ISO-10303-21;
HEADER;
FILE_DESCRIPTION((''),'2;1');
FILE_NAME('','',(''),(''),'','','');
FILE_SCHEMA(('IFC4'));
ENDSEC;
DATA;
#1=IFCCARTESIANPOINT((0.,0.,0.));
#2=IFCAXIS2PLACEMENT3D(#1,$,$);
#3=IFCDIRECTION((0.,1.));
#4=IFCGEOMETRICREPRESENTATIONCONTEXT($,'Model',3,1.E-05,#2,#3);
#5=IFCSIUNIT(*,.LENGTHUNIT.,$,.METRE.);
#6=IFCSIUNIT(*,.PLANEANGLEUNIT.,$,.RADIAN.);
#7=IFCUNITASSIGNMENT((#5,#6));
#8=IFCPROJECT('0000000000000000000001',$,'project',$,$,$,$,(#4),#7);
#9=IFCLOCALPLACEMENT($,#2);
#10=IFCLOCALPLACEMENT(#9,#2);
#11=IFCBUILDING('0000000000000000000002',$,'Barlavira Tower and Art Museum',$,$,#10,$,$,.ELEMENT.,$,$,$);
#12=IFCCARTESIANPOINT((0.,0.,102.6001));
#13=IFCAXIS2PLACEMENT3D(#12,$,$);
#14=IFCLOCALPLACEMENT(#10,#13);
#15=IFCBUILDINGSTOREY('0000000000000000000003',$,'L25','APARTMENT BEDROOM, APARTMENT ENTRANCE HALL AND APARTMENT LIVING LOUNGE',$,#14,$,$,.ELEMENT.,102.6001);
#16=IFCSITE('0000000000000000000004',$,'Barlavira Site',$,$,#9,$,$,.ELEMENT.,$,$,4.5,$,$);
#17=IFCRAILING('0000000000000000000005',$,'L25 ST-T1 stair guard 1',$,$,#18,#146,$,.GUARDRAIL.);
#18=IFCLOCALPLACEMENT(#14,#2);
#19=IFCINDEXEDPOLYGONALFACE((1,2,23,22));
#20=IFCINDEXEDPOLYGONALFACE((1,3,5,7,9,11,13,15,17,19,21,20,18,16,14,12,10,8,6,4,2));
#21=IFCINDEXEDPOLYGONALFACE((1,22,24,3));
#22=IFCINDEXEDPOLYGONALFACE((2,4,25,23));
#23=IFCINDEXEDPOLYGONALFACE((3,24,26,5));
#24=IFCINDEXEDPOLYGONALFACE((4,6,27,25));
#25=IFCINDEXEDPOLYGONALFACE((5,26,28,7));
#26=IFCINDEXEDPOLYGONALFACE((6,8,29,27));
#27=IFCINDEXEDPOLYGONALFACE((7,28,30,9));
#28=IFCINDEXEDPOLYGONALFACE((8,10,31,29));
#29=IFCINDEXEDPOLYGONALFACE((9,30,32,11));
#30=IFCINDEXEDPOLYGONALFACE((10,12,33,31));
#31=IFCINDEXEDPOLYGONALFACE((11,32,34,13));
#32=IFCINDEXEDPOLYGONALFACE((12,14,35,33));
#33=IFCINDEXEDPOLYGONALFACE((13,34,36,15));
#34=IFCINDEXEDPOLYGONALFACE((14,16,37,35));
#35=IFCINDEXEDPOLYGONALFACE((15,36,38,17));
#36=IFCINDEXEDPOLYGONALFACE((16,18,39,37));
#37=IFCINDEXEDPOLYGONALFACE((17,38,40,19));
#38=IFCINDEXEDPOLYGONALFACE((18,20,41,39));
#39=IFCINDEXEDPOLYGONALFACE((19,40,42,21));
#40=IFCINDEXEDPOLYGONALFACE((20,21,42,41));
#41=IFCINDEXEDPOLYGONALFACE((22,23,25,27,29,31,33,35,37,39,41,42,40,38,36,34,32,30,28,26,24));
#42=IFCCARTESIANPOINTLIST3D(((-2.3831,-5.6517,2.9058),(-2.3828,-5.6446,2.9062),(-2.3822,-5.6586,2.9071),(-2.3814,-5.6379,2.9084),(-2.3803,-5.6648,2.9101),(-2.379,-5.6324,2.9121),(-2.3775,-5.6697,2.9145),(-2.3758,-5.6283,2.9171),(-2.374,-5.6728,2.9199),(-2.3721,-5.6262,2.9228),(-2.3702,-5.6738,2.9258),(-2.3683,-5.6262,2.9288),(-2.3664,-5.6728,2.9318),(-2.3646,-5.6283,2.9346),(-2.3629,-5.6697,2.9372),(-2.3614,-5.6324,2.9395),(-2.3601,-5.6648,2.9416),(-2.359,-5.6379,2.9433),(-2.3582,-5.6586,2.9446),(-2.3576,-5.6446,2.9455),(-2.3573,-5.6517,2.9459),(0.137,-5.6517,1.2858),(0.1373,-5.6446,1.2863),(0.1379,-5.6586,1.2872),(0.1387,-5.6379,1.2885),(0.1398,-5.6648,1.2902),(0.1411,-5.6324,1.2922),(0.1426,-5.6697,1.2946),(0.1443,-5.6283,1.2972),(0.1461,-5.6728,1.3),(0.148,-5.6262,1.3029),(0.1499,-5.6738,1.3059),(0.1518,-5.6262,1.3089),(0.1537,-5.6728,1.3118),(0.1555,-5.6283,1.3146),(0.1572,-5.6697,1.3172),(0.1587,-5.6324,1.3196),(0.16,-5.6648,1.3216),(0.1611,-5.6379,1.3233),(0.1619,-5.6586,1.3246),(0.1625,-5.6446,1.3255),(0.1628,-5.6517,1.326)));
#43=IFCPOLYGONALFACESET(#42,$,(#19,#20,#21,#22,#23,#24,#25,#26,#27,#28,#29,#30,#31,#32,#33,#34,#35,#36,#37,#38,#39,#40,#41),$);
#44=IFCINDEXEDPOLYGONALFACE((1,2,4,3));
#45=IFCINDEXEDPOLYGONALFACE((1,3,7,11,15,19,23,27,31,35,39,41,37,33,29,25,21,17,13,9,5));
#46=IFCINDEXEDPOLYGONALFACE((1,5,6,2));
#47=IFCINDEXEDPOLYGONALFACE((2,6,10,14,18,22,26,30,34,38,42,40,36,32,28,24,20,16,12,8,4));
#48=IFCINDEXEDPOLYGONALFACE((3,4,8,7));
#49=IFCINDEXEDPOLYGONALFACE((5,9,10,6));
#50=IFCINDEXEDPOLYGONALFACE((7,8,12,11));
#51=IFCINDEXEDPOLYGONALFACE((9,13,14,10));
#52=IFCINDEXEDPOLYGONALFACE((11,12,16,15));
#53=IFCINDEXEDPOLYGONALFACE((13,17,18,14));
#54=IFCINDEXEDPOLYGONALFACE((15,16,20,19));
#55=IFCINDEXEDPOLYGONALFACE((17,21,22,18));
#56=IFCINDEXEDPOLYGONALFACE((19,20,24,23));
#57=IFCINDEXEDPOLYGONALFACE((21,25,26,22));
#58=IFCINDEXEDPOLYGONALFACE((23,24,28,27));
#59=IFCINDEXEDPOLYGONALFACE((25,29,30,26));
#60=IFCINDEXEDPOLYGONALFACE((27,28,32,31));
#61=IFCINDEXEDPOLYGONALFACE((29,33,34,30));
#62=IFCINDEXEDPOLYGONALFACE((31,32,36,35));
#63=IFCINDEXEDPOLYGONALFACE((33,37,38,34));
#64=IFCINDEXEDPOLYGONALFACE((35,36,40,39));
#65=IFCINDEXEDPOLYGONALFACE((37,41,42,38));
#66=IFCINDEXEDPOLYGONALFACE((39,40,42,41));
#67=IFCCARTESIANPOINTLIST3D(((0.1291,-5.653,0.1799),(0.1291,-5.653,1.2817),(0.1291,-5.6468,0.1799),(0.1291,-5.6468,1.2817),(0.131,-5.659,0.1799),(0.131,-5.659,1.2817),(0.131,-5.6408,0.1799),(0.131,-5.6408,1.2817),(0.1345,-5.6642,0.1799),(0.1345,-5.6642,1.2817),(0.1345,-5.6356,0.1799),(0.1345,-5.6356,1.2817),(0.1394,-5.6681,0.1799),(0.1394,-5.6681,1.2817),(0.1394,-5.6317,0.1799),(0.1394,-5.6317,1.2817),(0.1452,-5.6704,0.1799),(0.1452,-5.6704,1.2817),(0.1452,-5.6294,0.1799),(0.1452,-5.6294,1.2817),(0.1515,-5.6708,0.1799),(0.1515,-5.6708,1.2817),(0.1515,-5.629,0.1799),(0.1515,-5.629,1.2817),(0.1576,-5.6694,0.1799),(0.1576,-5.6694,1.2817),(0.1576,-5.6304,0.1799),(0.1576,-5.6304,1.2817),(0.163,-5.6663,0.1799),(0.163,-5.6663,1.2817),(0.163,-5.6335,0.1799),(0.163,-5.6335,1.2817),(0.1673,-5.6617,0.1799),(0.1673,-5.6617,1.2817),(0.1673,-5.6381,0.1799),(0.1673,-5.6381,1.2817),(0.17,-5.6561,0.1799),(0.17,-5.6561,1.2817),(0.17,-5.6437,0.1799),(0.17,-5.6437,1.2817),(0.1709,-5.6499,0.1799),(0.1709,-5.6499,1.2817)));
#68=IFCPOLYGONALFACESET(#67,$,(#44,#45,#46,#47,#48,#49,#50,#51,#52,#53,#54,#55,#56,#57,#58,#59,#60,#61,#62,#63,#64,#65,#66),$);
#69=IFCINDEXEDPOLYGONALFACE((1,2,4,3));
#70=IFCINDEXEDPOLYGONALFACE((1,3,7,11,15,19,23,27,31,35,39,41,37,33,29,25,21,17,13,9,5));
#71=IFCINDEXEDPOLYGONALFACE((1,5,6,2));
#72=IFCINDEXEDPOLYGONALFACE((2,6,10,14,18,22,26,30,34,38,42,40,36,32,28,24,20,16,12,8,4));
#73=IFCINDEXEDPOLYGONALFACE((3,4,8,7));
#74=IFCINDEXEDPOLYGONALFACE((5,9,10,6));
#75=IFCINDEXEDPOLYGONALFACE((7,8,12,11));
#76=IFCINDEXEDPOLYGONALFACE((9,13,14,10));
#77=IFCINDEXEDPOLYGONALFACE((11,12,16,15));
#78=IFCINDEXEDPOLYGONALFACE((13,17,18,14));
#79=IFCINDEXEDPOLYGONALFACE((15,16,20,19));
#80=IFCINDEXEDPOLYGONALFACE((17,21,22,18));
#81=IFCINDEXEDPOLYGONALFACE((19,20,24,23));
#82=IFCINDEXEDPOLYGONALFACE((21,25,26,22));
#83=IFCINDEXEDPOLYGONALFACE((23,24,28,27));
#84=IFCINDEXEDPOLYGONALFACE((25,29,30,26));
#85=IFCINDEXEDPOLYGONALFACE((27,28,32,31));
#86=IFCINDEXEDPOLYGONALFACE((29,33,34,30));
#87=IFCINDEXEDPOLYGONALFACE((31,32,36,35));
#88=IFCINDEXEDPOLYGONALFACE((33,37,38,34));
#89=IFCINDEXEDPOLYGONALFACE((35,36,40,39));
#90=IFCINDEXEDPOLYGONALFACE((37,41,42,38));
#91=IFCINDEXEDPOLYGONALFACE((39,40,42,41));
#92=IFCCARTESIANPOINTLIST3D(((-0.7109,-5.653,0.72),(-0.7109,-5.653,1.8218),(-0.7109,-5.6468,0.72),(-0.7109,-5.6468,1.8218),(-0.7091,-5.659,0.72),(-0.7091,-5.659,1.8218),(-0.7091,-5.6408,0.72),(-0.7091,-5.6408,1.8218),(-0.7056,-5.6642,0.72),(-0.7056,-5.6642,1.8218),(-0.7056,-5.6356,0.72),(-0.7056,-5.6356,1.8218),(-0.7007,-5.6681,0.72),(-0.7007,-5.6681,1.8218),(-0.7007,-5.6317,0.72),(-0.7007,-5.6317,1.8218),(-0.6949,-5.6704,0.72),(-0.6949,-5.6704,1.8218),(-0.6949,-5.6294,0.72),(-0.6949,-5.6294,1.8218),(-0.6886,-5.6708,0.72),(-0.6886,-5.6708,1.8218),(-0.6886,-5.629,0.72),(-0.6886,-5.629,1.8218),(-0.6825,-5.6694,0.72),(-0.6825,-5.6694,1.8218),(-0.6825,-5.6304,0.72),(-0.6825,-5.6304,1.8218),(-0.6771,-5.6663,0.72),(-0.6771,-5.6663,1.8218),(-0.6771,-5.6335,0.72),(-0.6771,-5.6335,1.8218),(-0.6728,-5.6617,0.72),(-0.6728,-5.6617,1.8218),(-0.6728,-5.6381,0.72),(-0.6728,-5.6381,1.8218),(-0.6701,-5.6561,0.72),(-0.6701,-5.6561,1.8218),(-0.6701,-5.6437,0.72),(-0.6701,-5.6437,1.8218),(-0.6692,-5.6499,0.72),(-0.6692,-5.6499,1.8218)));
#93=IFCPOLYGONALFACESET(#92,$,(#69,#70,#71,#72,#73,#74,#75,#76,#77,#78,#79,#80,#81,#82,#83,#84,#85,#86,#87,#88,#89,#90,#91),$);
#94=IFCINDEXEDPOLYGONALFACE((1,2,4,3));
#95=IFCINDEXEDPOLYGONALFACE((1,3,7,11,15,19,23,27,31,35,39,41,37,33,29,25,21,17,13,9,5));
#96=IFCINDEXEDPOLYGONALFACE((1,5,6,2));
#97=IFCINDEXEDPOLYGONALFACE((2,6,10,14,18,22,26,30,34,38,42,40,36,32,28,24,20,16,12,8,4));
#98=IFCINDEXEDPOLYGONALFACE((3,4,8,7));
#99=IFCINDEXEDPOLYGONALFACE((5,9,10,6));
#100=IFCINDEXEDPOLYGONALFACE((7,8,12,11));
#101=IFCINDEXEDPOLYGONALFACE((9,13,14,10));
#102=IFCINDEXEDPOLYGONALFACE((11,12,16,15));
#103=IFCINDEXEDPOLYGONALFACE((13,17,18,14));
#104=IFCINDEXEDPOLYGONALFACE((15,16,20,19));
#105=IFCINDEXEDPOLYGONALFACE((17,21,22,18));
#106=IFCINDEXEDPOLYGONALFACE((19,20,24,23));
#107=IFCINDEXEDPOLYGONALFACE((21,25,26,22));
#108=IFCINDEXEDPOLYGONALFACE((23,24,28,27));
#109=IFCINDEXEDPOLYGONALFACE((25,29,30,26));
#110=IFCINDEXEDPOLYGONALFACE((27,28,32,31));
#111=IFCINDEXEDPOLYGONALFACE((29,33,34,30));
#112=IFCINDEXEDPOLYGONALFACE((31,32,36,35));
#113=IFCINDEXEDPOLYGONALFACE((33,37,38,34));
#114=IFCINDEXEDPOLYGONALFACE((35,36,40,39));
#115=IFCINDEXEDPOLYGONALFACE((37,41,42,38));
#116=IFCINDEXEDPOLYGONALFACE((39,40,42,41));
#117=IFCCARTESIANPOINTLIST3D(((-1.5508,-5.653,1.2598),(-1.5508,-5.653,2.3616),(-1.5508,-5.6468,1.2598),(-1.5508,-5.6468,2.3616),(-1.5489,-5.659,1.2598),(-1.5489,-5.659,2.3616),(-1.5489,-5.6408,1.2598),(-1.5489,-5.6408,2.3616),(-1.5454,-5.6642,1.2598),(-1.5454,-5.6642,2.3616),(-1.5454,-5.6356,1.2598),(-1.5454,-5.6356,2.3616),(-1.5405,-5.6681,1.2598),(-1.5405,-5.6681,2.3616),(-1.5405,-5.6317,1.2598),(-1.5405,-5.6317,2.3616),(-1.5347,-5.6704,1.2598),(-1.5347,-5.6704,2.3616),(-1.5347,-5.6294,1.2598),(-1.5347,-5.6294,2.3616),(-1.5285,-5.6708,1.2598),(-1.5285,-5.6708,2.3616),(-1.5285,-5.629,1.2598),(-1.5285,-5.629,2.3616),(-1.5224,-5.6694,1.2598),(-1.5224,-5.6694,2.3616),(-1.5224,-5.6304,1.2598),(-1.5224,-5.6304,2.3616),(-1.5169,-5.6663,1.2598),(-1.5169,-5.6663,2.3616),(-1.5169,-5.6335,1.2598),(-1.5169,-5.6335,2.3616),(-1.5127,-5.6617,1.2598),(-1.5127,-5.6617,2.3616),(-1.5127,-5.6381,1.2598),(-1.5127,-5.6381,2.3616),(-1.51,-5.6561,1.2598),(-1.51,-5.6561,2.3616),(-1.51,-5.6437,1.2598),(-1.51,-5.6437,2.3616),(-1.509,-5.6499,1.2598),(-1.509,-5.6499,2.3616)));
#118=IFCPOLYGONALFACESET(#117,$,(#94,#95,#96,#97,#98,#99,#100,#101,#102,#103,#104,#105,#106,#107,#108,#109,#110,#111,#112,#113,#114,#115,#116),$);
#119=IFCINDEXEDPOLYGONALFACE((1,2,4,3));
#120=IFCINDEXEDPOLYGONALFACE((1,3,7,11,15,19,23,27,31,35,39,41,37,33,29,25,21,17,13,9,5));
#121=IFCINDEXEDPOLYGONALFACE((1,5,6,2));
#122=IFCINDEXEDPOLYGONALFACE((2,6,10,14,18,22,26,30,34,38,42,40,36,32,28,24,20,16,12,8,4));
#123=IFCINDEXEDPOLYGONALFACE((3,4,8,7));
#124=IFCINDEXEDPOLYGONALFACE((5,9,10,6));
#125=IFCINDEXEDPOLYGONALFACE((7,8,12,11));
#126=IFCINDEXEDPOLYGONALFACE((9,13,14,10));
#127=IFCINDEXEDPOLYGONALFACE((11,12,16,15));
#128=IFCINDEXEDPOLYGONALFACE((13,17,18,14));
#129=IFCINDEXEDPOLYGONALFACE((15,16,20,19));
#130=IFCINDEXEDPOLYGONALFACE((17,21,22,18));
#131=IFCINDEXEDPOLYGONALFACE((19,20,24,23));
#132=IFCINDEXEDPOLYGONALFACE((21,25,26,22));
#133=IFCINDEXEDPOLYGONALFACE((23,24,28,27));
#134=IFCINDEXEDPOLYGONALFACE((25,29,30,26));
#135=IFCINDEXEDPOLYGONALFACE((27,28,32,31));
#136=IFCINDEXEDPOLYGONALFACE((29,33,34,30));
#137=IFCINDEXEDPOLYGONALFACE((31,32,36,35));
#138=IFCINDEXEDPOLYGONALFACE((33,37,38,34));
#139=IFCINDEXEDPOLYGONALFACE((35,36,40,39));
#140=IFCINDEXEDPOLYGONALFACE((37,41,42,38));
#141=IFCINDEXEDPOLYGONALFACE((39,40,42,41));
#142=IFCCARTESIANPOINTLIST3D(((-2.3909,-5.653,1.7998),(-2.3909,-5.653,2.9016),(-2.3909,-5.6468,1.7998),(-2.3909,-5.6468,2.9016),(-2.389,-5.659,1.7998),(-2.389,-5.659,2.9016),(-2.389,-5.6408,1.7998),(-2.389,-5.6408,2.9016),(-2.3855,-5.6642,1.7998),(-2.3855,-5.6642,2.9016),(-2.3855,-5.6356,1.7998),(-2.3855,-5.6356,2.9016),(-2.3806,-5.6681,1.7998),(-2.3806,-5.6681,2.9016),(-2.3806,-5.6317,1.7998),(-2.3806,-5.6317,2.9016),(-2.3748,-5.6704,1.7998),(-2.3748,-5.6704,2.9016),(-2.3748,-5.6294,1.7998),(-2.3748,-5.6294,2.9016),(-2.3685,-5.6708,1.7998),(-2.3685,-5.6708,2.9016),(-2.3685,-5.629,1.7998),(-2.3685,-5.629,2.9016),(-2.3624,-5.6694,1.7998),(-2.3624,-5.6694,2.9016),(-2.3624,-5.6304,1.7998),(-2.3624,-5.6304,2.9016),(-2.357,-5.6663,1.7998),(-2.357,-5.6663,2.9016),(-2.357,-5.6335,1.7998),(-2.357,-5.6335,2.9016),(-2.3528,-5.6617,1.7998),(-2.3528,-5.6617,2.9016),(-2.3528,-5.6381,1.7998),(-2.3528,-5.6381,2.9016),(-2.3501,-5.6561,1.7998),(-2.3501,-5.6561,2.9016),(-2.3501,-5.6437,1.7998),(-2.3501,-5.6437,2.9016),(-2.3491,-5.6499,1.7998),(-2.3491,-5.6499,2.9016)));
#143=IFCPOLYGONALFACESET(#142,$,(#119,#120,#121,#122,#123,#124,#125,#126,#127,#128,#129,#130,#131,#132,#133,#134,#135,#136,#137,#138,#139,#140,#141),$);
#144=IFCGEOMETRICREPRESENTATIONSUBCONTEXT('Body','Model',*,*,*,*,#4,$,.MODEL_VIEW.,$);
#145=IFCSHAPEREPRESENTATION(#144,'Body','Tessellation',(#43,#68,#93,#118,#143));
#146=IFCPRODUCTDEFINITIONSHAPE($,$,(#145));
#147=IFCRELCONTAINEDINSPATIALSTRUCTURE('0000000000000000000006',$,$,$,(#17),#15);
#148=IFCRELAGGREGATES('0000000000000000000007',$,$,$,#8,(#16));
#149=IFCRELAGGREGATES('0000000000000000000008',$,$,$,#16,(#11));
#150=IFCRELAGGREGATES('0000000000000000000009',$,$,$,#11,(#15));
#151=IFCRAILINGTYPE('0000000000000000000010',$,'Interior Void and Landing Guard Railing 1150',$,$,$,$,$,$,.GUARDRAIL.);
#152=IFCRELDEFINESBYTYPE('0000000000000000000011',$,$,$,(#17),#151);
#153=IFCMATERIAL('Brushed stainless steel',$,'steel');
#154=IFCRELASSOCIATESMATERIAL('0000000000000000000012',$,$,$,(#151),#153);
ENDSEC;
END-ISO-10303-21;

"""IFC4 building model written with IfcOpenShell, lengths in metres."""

from ifc_helpers import new_model, si_unit, direction, frame, origin, origin_2d, place, context, subcontext, project, spatial, circle, extrude, material, type_object, element, save


model = new_model("IFC4")

# Units and contexts
model_context = context("Model", 3, precision=1e-05, world=origin(), true_north=direction((0.0, 1.0)))
body_context = subcontext(model_context, "Body", "Model", "MODEL_VIEW")
ifc_project = project(units=[si_unit("LENGTHUNIT", "METRE"), si_unit("PLANEANGLEUNIT", "RADIAN")], contexts=[model_context])

# Site, building, storey
site_placement = place(None, origin())
site = spatial("IfcSite", under=ifc_project, at=site_placement, Name="Barlavira Site", CompositionType="ELEMENT", RefElevation=4.5)
building_placement = place(site_placement, origin())
building = spatial("IfcBuilding", under=site, at=building_placement, Name="Barlavira Tower and Art Museum", CompositionType="ELEMENT")
storey_placement = place(building_placement, frame((0.0, 0.0, 102.6001)))
storey = spatial("IfcBuildingStorey", under=building, at=storey_placement, Name="L25", Description="APARTMENT BEDROOM, APARTMENT ENTRANCE HALL AND APARTMENT LIVING LOUNGE", CompositionType="ELEMENT", Elevation=102.6001)

# Shared definitions
ifc_material_1 = material(Name="Brushed stainless steel", Category="steel")

# Railing
railing_type_1 = type_object("IfcRailingType", Name="Interior Void and Landing Guard Railing 1150", PredefinedType="GUARDRAIL", material=ifc_material_1)
railing_1_placement = place(storey_placement, frame((0.1499, -5.6499, 0.1799)))
element("IfcRailing", 1, at=railing_1_placement, inside=storey, type_object=railing_type_1, Name="L25 ST-T1 stair guard 1", PredefinedType="GUARDRAIL", context=body_context, shape_type="SweptSolid", body=[
    extrude(circle(Radius=0.0239, at=origin_2d()), frame((0.0, 0.0, 1.126), z_axis=(-0.8412, 0.0, 0.540725), x_axis=(0.0, -1.0, 0.0)), (0.0, 0.0, 1.0), 2.9958),
    extrude(circle(Radius=0.021, at=origin_2d()), origin(), (0.0, 0.0, 1.0), 1.1018),
    extrude(circle(Radius=0.021, at=origin_2d()), frame((-0.8401, 0.0, 0.54)), (0.0, 0.0, 1.0), 1.1018),
    extrude(circle(Radius=0.021, at=origin_2d()), frame((-1.6799, 0.0, 1.0798)), (0.0, 0.0, 1.0), 1.1018),
    extrude(circle(Radius=0.021, at=origin_2d()), frame((-2.52, 0.0, 1.6199)), (0.0, 0.0, 1.0), 1.1018),
])

save(model, "model.ifc")
